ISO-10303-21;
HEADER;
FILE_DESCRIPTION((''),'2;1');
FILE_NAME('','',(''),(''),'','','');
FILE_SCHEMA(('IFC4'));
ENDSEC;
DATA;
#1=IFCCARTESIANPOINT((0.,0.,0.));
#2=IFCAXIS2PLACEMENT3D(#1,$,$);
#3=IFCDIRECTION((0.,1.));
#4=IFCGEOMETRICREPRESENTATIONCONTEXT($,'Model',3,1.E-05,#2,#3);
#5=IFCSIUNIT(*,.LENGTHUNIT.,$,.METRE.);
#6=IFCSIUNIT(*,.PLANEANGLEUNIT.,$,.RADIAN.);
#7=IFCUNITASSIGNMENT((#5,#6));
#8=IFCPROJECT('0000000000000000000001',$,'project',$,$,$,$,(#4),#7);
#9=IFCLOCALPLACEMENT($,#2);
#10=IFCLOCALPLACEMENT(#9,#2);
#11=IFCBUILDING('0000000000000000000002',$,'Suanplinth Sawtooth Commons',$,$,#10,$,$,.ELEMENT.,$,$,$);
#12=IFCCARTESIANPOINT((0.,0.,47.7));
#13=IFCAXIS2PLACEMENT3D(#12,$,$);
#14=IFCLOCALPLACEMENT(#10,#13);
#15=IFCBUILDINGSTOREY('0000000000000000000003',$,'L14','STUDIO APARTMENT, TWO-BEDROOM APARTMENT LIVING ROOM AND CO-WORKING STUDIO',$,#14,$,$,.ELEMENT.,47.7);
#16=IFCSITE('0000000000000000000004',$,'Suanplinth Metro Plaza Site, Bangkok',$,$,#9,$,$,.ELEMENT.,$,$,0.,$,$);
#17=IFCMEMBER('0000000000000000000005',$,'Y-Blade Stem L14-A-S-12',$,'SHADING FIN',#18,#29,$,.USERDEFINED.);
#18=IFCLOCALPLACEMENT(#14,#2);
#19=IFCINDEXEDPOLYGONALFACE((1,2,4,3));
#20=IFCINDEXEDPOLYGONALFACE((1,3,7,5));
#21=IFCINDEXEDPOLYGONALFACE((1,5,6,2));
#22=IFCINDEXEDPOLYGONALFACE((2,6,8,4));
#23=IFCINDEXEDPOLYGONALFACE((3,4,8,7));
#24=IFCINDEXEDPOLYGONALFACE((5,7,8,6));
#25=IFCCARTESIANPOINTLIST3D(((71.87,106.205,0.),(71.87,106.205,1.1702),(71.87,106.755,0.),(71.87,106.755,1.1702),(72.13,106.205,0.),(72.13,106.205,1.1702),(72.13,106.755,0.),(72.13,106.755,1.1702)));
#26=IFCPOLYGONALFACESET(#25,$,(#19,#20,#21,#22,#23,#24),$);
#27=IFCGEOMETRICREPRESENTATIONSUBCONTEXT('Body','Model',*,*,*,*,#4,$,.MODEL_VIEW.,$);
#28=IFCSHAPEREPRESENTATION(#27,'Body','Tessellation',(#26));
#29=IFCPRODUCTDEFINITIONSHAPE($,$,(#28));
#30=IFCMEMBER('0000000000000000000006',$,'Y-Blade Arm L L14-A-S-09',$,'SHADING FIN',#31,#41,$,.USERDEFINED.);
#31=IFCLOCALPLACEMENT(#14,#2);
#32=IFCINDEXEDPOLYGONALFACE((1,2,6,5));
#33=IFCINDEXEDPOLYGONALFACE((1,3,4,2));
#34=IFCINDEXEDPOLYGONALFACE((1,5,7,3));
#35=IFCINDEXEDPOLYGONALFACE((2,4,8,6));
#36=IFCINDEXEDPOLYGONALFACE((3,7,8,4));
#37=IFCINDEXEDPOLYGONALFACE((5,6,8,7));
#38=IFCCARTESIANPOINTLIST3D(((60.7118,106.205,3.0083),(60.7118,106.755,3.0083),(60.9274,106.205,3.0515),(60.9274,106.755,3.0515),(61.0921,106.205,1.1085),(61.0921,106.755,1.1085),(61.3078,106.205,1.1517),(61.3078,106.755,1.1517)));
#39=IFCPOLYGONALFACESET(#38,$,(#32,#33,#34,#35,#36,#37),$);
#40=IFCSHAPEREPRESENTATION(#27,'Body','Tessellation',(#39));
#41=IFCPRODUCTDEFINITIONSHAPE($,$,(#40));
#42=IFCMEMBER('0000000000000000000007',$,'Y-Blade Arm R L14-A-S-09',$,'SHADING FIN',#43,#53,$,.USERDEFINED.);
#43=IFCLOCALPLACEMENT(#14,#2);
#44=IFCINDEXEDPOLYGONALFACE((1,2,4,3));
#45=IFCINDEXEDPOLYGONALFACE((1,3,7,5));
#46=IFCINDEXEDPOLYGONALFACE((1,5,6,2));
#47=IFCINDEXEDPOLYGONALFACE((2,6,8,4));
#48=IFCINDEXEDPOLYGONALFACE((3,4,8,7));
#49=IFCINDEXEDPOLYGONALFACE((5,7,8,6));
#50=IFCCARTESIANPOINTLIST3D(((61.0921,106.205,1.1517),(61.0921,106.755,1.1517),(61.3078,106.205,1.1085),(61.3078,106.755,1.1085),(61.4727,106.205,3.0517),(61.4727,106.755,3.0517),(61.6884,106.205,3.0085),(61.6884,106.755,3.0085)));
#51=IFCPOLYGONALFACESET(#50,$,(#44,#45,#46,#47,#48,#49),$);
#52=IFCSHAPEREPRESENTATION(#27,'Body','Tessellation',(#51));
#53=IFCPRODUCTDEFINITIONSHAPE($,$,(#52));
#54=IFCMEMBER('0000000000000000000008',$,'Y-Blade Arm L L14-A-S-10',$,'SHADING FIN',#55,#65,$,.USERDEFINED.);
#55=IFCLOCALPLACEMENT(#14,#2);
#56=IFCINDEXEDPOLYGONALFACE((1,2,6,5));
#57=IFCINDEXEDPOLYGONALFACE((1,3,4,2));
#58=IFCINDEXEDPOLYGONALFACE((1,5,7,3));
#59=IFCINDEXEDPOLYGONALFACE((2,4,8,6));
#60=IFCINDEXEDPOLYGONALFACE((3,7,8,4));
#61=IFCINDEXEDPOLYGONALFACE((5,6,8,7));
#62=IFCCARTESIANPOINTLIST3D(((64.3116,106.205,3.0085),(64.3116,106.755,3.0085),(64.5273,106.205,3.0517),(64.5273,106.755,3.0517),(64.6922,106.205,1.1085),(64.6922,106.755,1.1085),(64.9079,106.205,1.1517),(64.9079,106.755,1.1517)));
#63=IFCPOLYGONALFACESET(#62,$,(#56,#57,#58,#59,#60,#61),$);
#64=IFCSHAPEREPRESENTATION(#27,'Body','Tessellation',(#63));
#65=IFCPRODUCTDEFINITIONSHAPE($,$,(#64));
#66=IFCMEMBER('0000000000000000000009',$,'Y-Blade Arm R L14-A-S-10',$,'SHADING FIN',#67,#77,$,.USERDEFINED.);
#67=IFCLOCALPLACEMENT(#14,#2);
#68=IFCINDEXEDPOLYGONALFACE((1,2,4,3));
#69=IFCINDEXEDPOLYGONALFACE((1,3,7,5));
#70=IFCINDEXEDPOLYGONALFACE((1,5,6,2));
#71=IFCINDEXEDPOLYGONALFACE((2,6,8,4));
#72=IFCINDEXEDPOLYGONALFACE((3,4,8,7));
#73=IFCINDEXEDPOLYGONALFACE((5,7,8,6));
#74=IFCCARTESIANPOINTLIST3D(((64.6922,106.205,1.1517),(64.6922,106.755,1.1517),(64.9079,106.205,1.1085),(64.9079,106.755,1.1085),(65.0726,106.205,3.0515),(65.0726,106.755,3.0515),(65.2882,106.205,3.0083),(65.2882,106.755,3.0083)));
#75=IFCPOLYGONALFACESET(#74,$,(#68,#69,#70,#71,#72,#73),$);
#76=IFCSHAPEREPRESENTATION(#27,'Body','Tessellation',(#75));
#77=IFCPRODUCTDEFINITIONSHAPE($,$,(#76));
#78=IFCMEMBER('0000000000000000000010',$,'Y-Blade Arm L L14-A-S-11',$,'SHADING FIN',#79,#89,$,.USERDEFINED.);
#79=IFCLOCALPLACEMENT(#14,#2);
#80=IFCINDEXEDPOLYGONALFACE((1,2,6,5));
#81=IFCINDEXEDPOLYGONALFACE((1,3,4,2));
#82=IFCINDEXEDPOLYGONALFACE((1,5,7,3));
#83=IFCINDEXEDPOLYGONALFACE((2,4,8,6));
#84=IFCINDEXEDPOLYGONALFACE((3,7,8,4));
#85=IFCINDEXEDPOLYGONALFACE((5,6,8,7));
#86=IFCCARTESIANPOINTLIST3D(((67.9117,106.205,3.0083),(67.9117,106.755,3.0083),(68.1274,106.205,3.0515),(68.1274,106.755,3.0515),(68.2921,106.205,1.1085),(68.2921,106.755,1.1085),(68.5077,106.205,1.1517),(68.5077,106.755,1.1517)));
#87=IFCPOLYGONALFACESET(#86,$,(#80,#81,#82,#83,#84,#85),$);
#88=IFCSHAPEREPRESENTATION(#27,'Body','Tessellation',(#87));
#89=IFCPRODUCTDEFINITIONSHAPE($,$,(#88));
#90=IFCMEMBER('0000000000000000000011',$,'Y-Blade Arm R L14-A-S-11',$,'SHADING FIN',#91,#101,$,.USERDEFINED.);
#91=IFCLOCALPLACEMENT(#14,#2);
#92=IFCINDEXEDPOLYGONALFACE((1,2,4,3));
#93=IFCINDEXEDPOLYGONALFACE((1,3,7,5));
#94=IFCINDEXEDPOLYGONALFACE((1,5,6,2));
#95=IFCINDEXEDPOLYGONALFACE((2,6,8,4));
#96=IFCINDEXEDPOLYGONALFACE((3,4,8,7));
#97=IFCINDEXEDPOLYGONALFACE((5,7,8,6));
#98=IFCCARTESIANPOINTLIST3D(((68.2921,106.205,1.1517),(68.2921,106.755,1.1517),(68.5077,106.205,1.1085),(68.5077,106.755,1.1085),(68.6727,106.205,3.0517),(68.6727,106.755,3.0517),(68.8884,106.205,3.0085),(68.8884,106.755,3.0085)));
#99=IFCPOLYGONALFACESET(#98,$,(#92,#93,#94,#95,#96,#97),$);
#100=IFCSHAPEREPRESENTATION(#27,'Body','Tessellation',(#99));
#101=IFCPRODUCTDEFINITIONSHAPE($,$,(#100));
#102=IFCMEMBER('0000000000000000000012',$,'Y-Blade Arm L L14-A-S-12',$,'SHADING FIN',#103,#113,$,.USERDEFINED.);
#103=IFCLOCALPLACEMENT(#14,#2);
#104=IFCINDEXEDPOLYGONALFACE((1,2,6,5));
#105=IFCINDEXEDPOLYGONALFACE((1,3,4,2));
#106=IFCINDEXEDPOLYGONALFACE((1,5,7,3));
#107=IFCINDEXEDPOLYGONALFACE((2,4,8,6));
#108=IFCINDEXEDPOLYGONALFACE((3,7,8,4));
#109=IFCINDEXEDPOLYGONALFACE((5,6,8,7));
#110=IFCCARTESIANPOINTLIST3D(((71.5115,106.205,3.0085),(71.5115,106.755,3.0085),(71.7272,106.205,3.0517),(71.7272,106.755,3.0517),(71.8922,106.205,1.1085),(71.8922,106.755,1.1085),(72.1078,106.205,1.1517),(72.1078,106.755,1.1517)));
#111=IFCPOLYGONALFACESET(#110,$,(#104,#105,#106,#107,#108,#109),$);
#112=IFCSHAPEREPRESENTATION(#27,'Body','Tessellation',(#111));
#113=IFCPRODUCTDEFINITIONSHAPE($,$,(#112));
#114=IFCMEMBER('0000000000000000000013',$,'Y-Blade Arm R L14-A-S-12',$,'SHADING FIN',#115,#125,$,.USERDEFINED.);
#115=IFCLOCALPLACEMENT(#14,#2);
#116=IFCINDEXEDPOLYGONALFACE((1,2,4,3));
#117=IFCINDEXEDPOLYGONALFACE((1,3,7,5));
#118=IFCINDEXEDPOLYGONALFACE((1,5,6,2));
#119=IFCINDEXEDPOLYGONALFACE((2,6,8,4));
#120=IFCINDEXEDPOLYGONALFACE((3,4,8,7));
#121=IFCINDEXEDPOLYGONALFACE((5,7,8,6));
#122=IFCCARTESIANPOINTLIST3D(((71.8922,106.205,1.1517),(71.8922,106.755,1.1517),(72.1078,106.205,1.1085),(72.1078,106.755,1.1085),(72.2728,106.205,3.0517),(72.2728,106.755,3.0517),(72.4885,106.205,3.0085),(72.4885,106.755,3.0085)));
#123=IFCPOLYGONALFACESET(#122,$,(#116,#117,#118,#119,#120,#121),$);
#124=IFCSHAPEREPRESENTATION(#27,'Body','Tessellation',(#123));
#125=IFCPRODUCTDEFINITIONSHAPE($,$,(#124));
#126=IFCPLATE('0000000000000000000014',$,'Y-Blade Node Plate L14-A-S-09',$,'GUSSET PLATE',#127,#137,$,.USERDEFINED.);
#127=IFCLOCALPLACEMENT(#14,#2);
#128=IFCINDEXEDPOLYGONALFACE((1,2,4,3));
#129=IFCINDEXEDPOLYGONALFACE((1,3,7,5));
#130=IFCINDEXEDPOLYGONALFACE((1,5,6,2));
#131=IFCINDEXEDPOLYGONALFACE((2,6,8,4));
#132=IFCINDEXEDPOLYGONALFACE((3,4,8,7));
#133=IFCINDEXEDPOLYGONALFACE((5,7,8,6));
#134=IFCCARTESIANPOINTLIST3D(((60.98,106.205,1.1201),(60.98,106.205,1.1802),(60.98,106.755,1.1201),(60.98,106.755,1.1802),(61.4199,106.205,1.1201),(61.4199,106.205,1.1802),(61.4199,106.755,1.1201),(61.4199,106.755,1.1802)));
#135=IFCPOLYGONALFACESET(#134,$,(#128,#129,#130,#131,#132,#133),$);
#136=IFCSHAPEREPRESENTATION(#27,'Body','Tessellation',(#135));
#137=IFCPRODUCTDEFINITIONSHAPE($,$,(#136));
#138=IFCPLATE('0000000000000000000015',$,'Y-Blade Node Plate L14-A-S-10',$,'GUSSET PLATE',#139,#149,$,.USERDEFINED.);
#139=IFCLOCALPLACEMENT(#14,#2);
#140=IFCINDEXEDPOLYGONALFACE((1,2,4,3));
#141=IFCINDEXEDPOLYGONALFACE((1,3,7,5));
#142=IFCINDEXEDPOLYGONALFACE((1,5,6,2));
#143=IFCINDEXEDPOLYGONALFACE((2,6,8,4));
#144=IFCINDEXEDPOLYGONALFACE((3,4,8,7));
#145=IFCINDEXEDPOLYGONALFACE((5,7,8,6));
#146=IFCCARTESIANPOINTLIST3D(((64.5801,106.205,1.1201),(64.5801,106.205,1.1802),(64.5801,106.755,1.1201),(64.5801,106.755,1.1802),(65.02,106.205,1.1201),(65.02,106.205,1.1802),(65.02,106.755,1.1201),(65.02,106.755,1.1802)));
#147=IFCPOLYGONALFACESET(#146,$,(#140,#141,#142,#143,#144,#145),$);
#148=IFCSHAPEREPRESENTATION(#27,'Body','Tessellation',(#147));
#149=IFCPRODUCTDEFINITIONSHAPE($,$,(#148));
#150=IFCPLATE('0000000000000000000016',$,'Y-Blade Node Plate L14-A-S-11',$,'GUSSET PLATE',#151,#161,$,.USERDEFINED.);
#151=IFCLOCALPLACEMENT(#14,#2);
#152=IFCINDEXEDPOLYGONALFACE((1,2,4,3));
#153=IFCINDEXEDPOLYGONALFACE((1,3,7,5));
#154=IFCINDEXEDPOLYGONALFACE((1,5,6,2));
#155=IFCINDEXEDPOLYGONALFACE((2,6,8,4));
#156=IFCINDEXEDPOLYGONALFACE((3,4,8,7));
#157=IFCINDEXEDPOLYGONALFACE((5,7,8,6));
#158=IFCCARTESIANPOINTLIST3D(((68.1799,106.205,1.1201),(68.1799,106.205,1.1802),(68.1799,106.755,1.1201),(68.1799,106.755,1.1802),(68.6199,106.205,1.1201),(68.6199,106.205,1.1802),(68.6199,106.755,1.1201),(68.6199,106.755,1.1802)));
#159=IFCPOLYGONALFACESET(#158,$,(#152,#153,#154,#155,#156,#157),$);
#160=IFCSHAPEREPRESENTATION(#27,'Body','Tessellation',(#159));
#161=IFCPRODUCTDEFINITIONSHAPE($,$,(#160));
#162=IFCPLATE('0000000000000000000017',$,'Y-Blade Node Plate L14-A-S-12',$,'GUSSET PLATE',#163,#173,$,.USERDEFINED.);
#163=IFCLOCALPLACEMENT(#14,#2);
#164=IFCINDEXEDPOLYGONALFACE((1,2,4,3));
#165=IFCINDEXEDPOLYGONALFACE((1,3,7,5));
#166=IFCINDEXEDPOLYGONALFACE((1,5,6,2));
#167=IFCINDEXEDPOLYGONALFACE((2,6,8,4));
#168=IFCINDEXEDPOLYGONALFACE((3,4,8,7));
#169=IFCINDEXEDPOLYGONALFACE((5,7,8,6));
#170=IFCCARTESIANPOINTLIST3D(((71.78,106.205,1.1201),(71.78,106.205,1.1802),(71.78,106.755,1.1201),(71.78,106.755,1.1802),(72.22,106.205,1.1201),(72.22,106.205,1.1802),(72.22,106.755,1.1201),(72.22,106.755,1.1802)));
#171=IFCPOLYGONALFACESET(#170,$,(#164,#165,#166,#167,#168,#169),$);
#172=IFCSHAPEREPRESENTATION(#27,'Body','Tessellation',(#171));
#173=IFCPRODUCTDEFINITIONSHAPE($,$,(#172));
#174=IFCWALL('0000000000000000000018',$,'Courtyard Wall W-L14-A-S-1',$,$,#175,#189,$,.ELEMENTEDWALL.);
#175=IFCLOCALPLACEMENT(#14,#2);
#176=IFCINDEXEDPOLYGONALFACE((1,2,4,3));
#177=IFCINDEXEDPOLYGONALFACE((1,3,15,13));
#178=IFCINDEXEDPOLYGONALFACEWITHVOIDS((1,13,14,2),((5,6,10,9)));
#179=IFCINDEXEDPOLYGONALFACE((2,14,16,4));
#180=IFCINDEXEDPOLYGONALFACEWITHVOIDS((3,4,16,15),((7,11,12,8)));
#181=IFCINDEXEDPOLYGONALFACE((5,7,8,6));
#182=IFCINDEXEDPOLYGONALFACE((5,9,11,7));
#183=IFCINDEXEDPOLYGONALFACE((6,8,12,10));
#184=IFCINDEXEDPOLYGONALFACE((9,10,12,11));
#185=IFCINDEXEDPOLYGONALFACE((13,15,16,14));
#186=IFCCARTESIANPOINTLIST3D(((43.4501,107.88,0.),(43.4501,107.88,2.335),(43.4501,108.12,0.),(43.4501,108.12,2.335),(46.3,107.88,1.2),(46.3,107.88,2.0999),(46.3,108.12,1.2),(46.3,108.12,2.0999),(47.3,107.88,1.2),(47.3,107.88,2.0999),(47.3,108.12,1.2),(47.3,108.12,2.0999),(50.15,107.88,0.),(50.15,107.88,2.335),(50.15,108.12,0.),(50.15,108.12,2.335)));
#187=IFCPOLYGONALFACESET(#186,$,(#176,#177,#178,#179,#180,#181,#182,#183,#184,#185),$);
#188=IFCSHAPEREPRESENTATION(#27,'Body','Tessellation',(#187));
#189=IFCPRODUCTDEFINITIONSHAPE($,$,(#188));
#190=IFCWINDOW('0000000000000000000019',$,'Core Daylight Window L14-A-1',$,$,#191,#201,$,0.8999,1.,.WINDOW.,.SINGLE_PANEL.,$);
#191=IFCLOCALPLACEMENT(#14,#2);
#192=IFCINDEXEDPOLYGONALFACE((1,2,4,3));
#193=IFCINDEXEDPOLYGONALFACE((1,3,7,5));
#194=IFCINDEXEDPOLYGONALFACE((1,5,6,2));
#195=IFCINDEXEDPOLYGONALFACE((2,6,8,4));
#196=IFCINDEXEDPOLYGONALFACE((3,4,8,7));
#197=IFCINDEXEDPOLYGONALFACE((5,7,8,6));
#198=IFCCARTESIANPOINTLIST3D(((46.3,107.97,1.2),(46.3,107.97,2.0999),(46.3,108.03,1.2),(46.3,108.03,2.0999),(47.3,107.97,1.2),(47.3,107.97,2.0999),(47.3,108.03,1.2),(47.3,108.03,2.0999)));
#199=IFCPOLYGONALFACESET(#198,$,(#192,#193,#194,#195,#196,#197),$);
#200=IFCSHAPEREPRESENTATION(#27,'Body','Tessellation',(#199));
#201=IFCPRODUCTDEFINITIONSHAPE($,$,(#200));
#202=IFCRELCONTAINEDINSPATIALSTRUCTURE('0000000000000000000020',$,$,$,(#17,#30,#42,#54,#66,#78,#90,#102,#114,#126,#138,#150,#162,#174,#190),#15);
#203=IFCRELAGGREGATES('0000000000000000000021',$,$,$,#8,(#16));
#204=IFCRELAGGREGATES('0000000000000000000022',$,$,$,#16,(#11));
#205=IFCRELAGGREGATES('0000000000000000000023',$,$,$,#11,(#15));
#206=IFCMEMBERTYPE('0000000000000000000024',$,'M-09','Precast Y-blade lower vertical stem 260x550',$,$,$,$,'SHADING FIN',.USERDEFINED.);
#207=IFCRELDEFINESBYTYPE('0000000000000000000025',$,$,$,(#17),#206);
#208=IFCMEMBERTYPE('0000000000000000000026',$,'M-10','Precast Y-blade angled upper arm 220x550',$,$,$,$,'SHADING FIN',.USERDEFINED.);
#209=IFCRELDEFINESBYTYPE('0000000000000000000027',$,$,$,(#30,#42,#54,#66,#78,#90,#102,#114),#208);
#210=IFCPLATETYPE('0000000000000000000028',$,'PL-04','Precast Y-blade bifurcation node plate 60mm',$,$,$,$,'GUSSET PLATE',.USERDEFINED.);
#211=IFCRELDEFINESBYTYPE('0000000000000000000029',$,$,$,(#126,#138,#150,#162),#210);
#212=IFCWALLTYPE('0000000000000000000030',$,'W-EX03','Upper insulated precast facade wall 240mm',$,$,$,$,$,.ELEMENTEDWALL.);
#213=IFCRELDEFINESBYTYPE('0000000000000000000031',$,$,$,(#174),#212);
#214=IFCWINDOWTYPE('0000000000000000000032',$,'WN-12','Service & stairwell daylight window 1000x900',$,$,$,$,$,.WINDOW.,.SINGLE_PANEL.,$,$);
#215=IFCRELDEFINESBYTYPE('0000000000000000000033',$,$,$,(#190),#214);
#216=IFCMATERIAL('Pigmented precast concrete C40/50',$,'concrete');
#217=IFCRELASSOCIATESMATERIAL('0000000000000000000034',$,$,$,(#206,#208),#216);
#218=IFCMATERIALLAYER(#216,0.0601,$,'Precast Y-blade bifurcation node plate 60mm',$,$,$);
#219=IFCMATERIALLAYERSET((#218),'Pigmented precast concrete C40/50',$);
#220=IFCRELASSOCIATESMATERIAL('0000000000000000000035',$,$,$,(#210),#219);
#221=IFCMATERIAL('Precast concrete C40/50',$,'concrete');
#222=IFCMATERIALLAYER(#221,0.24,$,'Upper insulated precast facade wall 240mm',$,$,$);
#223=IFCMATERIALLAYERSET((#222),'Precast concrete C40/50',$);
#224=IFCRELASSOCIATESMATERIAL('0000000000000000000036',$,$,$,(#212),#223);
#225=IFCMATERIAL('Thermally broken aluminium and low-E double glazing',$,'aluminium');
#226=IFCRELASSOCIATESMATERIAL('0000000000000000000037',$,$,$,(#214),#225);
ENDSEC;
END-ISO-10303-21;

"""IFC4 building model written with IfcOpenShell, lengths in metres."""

from ifc_helpers import new_model, si_unit, direction, frame, frame_2d, origin, origin_2d, place, context, subcontext, project, spatial, rectangle, extrude, material, layer, layer_set, material_profile, profile_set, type_object, element, fill, save


model = new_model("IFC4")

# Units and contexts
model_context = context("Model", 3, precision=1e-05, world=origin(), true_north=direction((0.0, 1.0)))
body_context = subcontext(model_context, "Body", "Model", "MODEL_VIEW")
ifc_project = project(units=[si_unit("LENGTHUNIT", "METRE"), si_unit("PLANEANGLEUNIT", "RADIAN")], contexts=[model_context])

# Site, building, storey
site_placement = place(None, origin())
site = spatial("IfcSite", under=ifc_project, at=site_placement, Name="Suanplinth Metro Plaza Site, Bangkok", CompositionType="ELEMENT", RefElevation=0.0)
building_placement = place(site_placement, origin())
building = spatial("IfcBuilding", under=site, at=building_placement, Name="Suanplinth Sawtooth Commons", CompositionType="ELEMENT")
storey_placement = place(building_placement, frame((0.0, 0.0, 47.7)))
storey = spatial("IfcBuildingStorey", under=building, at=storey_placement, Name="L14", Description="STUDIO APARTMENT, TWO-BEDROOM APARTMENT LIVING ROOM AND CO-WORKING STUDIO", CompositionType="ELEMENT", Elevation=47.7)

# Shared definitions
ifc_material_1 = material(Name="Precast concrete C40/50", Category="concrete")

# Members
ifc_material_2 = material(Name="Pigmented precast concrete C40/50", Category="concrete")
ifc_material_profile_1 = material_profile(ifc_material_2, rectangle(XDim=0.26, YDim=0.55, at=origin_2d()), Name="PC-FIN 260x550")
ifc_profile_set_1 = profile_set([ifc_material_profile_1], Name="Pigmented precast concrete C40/50")
member_type_1 = type_object("IfcMemberType", Name="M-09", Description="Precast Y-blade lower vertical stem 260x550", ElementType="SHADING FIN", PredefinedType="USERDEFINED", material=ifc_profile_set_1)
for number, where, z_axis, x_axis, name in (
    (1, (72.0, 106.48, 0.0), (0.0, 0.0, 1.0), (1.0, 0.0, 0.0), "Y-Blade Stem L14-A-S-12"),
):
    element("IfcMember", number, at=place(storey_placement, frame(where, z_axis=z_axis, x_axis=x_axis)), inside=storey, type_object=member_type_1, Name=name, ObjectType="SHADING FIN", PredefinedType="USERDEFINED", context=body_context, shape_type="SweptSolid", body=[
        extrude(rectangle(XDim=0.26, YDim=0.55, at=origin_2d()), origin(), (0.0, 0.0, 1.0), 1.1702),
    ])
ifc_material_profile_2 = material_profile(ifc_material_2, rectangle(XDim=0.22, YDim=0.55, at=origin_2d()), Name="PC-FIN 220x550")
ifc_profile_set_2 = profile_set([ifc_material_profile_2], Name="Pigmented precast concrete C40/50")
member_type_2 = type_object("IfcMemberType", Name="M-10", Description="Precast Y-blade angled upper arm 220x550", ElementType="SHADING FIN", PredefinedType="USERDEFINED", material=ifc_profile_set_2)
member_placement = place(storey_placement, frame((61.2, 106.48, 1.1301), z_axis=(-0.19631, 0.0, 0.980542), x_axis=(0.980542, 0.0, 0.19631)))
element("IfcMember", 2, at=member_placement, inside=storey, type_object=member_type_2, Name="Y-Blade Arm L L14-A-S-09", ObjectType="SHADING FIN", PredefinedType="USERDEFINED", context=body_context, shape_type="SweptSolid", body=[
    extrude(rectangle(XDim=0.22, YDim=0.55, at=origin_2d()), origin(), (0.0, 0.0, 1.0), 1.9375),
])
for number, where, z_axis, x_axis, name in (
    (3, (61.2, 106.48, 1.1301), (0.196431, 0.0, 0.980518), (-0.980518, 0.0, 0.196431), "Y-Blade Arm R L14-A-S-09"),
    (4, (64.8, 106.48, 1.1301), (-0.196431, 0.0, 0.980518), (0.980518, 0.0, 0.196431), "Y-Blade Arm L L14-A-S-10"),
):
    element("IfcMember", number, at=place(storey_placement, frame(where, z_axis=z_axis, x_axis=x_axis)), inside=storey, type_object=member_type_2, Name=name, ObjectType="SHADING FIN", PredefinedType="USERDEFINED", context=body_context, shape_type="SweptSolid", body=[
        extrude(rectangle(XDim=0.22, YDim=0.55, at=origin_2d()), origin(), (0.0, 0.0, 1.0), 1.9377),
    ])
for number, where, z_axis, x_axis, name in (
    (5, (64.8, 106.48, 1.1301), (0.19631, 0.0, 0.980542), (-0.980542, 0.0, 0.19631), "Y-Blade Arm R L14-A-S-10"),
    (6, (68.3999, 106.48, 1.1301), (-0.19631, 0.0, 0.980542), (0.980542, 0.0, 0.19631), "Y-Blade Arm L L14-A-S-11"),
):
    element("IfcMember", number, at=place(storey_placement, frame(where, z_axis=z_axis, x_axis=x_axis)), inside=storey, type_object=member_type_2, Name=name, ObjectType="SHADING FIN", PredefinedType="USERDEFINED", context=body_context, shape_type="SweptSolid", body=[
        extrude(rectangle(XDim=0.22, YDim=0.55, at=origin_2d()), origin(), (0.0, 0.0, 1.0), 1.9375),
    ])
for number, where, z_axis, x_axis, name in (
    (7, (68.3999, 106.48, 1.1301), (0.196431, 0.0, 0.980518), (-0.980518, 0.0, 0.196431), "Y-Blade Arm R L14-A-S-11"),
    (8, (72.0, 106.48, 1.1301), (-0.196431, 0.0, 0.980518), (0.980518, 0.0, 0.196431), "Y-Blade Arm L L14-A-S-12"),
    (9, (72.0, 106.48, 1.1301), (0.196431, 0.0, 0.980518), (-0.980518, 0.0, 0.196431), "Y-Blade Arm R L14-A-S-12"),
):
    element("IfcMember", number, at=place(storey_placement, frame(where, z_axis=z_axis, x_axis=x_axis)), inside=storey, type_object=member_type_2, Name=name, ObjectType="SHADING FIN", PredefinedType="USERDEFINED", context=body_context, shape_type="SweptSolid", body=[
        extrude(rectangle(XDim=0.22, YDim=0.55, at=origin_2d()), origin(), (0.0, 0.0, 1.0), 1.9377),
    ])

# Plates
ifc_layer_1 = layer(ifc_material_2, 0.0601, Name="Precast Y-blade bifurcation node plate 60mm")
ifc_layer_set_1 = layer_set([ifc_layer_1], Name="Pigmented precast concrete C40/50")
plate_type = type_object("IfcPlateType", Name="PL-04", Description="Precast Y-blade bifurcation node plate 60mm", ElementType="GUSSET PLATE", PredefinedType="USERDEFINED", material=ifc_layer_set_1)
for number, where, z_axis, x_axis, name in (
    (10, (61.2, 106.48, 1.1201), (0.0, 0.0, 1.0), (1.0, 0.0, 0.0), "Y-Blade Node Plate L14-A-S-09"),
    (11, (64.8, 106.48, 1.1201), (0.0, 0.0, 1.0), (1.0, 0.0, 0.0), "Y-Blade Node Plate L14-A-S-10"),
    (12, (68.3999, 106.48, 1.1201), (0.0, 0.0, 1.0), (1.0, 0.0, 0.0), "Y-Blade Node Plate L14-A-S-11"),
    (13, (72.0, 106.48, 1.1201), (0.0, 0.0, 1.0), (1.0, 0.0, 0.0), "Y-Blade Node Plate L14-A-S-12"),
):
    element("IfcPlate", number, at=place(storey_placement, frame(where, z_axis=z_axis, x_axis=x_axis)), inside=storey, type_object=plate_type, Name=name, ObjectType="GUSSET PLATE", PredefinedType="USERDEFINED", context=body_context, shape_type="SweptSolid", body=[
        extrude(rectangle(XDim=0.4399, YDim=0.55, at=origin_2d()), origin(), (0.0, 0.0, 1.0), 0.0601),
    ])

# Shared definitions
ifc_layer_2 = layer(ifc_material_1, 0.24, Name="Upper insulated precast facade wall 240mm")
ifc_layer_set_2 = layer_set([ifc_layer_2], Name="Precast concrete C40/50")
wall_type = type_object("IfcWallType", Name="W-EX03", Description="Upper insulated precast facade wall 240mm", PredefinedType="ELEMENTEDWALL", material=ifc_layer_set_2)

# Wall, opening, window
wall_1_placement = place(storey_placement, frame((43.45, 108.0, 0.0), z_axis=(0.0, 0.0, 1.0), x_axis=(1.0, 0.0, 0.0)))
wall_1 = element("IfcWall", 14, at=wall_1_placement, inside=storey, type_object=wall_type, Name="Courtyard Wall W-L14-A-S-1", PredefinedType="ELEMENTEDWALL", context=body_context, shape_type="SweptSolid", body=[
    extrude(rectangle(XDim=6.7, YDim=0.24, at=frame_2d((3.3501, 0.0))), origin(), (0.0, 0.0, 1.0), 2.335),
])
opening_1_placement = place(wall_1_placement, frame((2.8501, 0.0, 1.2)))
opening_1 = element("IfcOpeningElement", 15, at=opening_1_placement, cuts=wall_1, PredefinedType="OPENING", context=body_context, shape_type="SweptSolid", body=[
    extrude(rectangle(XDim=1.0, YDim=0.8999, at=frame_2d((0.5, 0.45))), frame((0.0, 0.1348, 0.0), z_axis=(0.0, -1.0, 0.0), x_axis=(1.0, 0.0, 0.0)), (0.0, 0.0, 1.0), 0.2698),
])
ifc_material_3 = material(Name="Thermally broken aluminium and low-E double glazing", Category="aluminium")
window_type = type_object("IfcWindowType", Name="WN-12", Description="Service & stairwell daylight window 1000x900", PartitioningType="SINGLE_PANEL", PredefinedType="WINDOW", material=ifc_material_3)
window_1_placement = place(opening_1_placement, origin())
window_1 = element("IfcWindow", 16, at=window_1_placement, inside=storey, type_object=window_type, Name="Core Daylight Window L14-A-1", OverallHeight=0.8999, OverallWidth=1.0, PartitioningType="SINGLE_PANEL", PredefinedType="WINDOW", context=body_context, shape_type="SweptSolid", body=[
    extrude(rectangle(XDim=1.0, YDim=0.8999, at=frame_2d((0.5, 0.45))), frame((0.0, 0.03, 0.0), z_axis=(0.0, -1.0, 0.0), x_axis=(1.0, 0.0, 0.0)), (0.0, 0.0, 1.0), 0.0601),
])
fill(opening_1, window_1)

save(model, "model.ifc")
